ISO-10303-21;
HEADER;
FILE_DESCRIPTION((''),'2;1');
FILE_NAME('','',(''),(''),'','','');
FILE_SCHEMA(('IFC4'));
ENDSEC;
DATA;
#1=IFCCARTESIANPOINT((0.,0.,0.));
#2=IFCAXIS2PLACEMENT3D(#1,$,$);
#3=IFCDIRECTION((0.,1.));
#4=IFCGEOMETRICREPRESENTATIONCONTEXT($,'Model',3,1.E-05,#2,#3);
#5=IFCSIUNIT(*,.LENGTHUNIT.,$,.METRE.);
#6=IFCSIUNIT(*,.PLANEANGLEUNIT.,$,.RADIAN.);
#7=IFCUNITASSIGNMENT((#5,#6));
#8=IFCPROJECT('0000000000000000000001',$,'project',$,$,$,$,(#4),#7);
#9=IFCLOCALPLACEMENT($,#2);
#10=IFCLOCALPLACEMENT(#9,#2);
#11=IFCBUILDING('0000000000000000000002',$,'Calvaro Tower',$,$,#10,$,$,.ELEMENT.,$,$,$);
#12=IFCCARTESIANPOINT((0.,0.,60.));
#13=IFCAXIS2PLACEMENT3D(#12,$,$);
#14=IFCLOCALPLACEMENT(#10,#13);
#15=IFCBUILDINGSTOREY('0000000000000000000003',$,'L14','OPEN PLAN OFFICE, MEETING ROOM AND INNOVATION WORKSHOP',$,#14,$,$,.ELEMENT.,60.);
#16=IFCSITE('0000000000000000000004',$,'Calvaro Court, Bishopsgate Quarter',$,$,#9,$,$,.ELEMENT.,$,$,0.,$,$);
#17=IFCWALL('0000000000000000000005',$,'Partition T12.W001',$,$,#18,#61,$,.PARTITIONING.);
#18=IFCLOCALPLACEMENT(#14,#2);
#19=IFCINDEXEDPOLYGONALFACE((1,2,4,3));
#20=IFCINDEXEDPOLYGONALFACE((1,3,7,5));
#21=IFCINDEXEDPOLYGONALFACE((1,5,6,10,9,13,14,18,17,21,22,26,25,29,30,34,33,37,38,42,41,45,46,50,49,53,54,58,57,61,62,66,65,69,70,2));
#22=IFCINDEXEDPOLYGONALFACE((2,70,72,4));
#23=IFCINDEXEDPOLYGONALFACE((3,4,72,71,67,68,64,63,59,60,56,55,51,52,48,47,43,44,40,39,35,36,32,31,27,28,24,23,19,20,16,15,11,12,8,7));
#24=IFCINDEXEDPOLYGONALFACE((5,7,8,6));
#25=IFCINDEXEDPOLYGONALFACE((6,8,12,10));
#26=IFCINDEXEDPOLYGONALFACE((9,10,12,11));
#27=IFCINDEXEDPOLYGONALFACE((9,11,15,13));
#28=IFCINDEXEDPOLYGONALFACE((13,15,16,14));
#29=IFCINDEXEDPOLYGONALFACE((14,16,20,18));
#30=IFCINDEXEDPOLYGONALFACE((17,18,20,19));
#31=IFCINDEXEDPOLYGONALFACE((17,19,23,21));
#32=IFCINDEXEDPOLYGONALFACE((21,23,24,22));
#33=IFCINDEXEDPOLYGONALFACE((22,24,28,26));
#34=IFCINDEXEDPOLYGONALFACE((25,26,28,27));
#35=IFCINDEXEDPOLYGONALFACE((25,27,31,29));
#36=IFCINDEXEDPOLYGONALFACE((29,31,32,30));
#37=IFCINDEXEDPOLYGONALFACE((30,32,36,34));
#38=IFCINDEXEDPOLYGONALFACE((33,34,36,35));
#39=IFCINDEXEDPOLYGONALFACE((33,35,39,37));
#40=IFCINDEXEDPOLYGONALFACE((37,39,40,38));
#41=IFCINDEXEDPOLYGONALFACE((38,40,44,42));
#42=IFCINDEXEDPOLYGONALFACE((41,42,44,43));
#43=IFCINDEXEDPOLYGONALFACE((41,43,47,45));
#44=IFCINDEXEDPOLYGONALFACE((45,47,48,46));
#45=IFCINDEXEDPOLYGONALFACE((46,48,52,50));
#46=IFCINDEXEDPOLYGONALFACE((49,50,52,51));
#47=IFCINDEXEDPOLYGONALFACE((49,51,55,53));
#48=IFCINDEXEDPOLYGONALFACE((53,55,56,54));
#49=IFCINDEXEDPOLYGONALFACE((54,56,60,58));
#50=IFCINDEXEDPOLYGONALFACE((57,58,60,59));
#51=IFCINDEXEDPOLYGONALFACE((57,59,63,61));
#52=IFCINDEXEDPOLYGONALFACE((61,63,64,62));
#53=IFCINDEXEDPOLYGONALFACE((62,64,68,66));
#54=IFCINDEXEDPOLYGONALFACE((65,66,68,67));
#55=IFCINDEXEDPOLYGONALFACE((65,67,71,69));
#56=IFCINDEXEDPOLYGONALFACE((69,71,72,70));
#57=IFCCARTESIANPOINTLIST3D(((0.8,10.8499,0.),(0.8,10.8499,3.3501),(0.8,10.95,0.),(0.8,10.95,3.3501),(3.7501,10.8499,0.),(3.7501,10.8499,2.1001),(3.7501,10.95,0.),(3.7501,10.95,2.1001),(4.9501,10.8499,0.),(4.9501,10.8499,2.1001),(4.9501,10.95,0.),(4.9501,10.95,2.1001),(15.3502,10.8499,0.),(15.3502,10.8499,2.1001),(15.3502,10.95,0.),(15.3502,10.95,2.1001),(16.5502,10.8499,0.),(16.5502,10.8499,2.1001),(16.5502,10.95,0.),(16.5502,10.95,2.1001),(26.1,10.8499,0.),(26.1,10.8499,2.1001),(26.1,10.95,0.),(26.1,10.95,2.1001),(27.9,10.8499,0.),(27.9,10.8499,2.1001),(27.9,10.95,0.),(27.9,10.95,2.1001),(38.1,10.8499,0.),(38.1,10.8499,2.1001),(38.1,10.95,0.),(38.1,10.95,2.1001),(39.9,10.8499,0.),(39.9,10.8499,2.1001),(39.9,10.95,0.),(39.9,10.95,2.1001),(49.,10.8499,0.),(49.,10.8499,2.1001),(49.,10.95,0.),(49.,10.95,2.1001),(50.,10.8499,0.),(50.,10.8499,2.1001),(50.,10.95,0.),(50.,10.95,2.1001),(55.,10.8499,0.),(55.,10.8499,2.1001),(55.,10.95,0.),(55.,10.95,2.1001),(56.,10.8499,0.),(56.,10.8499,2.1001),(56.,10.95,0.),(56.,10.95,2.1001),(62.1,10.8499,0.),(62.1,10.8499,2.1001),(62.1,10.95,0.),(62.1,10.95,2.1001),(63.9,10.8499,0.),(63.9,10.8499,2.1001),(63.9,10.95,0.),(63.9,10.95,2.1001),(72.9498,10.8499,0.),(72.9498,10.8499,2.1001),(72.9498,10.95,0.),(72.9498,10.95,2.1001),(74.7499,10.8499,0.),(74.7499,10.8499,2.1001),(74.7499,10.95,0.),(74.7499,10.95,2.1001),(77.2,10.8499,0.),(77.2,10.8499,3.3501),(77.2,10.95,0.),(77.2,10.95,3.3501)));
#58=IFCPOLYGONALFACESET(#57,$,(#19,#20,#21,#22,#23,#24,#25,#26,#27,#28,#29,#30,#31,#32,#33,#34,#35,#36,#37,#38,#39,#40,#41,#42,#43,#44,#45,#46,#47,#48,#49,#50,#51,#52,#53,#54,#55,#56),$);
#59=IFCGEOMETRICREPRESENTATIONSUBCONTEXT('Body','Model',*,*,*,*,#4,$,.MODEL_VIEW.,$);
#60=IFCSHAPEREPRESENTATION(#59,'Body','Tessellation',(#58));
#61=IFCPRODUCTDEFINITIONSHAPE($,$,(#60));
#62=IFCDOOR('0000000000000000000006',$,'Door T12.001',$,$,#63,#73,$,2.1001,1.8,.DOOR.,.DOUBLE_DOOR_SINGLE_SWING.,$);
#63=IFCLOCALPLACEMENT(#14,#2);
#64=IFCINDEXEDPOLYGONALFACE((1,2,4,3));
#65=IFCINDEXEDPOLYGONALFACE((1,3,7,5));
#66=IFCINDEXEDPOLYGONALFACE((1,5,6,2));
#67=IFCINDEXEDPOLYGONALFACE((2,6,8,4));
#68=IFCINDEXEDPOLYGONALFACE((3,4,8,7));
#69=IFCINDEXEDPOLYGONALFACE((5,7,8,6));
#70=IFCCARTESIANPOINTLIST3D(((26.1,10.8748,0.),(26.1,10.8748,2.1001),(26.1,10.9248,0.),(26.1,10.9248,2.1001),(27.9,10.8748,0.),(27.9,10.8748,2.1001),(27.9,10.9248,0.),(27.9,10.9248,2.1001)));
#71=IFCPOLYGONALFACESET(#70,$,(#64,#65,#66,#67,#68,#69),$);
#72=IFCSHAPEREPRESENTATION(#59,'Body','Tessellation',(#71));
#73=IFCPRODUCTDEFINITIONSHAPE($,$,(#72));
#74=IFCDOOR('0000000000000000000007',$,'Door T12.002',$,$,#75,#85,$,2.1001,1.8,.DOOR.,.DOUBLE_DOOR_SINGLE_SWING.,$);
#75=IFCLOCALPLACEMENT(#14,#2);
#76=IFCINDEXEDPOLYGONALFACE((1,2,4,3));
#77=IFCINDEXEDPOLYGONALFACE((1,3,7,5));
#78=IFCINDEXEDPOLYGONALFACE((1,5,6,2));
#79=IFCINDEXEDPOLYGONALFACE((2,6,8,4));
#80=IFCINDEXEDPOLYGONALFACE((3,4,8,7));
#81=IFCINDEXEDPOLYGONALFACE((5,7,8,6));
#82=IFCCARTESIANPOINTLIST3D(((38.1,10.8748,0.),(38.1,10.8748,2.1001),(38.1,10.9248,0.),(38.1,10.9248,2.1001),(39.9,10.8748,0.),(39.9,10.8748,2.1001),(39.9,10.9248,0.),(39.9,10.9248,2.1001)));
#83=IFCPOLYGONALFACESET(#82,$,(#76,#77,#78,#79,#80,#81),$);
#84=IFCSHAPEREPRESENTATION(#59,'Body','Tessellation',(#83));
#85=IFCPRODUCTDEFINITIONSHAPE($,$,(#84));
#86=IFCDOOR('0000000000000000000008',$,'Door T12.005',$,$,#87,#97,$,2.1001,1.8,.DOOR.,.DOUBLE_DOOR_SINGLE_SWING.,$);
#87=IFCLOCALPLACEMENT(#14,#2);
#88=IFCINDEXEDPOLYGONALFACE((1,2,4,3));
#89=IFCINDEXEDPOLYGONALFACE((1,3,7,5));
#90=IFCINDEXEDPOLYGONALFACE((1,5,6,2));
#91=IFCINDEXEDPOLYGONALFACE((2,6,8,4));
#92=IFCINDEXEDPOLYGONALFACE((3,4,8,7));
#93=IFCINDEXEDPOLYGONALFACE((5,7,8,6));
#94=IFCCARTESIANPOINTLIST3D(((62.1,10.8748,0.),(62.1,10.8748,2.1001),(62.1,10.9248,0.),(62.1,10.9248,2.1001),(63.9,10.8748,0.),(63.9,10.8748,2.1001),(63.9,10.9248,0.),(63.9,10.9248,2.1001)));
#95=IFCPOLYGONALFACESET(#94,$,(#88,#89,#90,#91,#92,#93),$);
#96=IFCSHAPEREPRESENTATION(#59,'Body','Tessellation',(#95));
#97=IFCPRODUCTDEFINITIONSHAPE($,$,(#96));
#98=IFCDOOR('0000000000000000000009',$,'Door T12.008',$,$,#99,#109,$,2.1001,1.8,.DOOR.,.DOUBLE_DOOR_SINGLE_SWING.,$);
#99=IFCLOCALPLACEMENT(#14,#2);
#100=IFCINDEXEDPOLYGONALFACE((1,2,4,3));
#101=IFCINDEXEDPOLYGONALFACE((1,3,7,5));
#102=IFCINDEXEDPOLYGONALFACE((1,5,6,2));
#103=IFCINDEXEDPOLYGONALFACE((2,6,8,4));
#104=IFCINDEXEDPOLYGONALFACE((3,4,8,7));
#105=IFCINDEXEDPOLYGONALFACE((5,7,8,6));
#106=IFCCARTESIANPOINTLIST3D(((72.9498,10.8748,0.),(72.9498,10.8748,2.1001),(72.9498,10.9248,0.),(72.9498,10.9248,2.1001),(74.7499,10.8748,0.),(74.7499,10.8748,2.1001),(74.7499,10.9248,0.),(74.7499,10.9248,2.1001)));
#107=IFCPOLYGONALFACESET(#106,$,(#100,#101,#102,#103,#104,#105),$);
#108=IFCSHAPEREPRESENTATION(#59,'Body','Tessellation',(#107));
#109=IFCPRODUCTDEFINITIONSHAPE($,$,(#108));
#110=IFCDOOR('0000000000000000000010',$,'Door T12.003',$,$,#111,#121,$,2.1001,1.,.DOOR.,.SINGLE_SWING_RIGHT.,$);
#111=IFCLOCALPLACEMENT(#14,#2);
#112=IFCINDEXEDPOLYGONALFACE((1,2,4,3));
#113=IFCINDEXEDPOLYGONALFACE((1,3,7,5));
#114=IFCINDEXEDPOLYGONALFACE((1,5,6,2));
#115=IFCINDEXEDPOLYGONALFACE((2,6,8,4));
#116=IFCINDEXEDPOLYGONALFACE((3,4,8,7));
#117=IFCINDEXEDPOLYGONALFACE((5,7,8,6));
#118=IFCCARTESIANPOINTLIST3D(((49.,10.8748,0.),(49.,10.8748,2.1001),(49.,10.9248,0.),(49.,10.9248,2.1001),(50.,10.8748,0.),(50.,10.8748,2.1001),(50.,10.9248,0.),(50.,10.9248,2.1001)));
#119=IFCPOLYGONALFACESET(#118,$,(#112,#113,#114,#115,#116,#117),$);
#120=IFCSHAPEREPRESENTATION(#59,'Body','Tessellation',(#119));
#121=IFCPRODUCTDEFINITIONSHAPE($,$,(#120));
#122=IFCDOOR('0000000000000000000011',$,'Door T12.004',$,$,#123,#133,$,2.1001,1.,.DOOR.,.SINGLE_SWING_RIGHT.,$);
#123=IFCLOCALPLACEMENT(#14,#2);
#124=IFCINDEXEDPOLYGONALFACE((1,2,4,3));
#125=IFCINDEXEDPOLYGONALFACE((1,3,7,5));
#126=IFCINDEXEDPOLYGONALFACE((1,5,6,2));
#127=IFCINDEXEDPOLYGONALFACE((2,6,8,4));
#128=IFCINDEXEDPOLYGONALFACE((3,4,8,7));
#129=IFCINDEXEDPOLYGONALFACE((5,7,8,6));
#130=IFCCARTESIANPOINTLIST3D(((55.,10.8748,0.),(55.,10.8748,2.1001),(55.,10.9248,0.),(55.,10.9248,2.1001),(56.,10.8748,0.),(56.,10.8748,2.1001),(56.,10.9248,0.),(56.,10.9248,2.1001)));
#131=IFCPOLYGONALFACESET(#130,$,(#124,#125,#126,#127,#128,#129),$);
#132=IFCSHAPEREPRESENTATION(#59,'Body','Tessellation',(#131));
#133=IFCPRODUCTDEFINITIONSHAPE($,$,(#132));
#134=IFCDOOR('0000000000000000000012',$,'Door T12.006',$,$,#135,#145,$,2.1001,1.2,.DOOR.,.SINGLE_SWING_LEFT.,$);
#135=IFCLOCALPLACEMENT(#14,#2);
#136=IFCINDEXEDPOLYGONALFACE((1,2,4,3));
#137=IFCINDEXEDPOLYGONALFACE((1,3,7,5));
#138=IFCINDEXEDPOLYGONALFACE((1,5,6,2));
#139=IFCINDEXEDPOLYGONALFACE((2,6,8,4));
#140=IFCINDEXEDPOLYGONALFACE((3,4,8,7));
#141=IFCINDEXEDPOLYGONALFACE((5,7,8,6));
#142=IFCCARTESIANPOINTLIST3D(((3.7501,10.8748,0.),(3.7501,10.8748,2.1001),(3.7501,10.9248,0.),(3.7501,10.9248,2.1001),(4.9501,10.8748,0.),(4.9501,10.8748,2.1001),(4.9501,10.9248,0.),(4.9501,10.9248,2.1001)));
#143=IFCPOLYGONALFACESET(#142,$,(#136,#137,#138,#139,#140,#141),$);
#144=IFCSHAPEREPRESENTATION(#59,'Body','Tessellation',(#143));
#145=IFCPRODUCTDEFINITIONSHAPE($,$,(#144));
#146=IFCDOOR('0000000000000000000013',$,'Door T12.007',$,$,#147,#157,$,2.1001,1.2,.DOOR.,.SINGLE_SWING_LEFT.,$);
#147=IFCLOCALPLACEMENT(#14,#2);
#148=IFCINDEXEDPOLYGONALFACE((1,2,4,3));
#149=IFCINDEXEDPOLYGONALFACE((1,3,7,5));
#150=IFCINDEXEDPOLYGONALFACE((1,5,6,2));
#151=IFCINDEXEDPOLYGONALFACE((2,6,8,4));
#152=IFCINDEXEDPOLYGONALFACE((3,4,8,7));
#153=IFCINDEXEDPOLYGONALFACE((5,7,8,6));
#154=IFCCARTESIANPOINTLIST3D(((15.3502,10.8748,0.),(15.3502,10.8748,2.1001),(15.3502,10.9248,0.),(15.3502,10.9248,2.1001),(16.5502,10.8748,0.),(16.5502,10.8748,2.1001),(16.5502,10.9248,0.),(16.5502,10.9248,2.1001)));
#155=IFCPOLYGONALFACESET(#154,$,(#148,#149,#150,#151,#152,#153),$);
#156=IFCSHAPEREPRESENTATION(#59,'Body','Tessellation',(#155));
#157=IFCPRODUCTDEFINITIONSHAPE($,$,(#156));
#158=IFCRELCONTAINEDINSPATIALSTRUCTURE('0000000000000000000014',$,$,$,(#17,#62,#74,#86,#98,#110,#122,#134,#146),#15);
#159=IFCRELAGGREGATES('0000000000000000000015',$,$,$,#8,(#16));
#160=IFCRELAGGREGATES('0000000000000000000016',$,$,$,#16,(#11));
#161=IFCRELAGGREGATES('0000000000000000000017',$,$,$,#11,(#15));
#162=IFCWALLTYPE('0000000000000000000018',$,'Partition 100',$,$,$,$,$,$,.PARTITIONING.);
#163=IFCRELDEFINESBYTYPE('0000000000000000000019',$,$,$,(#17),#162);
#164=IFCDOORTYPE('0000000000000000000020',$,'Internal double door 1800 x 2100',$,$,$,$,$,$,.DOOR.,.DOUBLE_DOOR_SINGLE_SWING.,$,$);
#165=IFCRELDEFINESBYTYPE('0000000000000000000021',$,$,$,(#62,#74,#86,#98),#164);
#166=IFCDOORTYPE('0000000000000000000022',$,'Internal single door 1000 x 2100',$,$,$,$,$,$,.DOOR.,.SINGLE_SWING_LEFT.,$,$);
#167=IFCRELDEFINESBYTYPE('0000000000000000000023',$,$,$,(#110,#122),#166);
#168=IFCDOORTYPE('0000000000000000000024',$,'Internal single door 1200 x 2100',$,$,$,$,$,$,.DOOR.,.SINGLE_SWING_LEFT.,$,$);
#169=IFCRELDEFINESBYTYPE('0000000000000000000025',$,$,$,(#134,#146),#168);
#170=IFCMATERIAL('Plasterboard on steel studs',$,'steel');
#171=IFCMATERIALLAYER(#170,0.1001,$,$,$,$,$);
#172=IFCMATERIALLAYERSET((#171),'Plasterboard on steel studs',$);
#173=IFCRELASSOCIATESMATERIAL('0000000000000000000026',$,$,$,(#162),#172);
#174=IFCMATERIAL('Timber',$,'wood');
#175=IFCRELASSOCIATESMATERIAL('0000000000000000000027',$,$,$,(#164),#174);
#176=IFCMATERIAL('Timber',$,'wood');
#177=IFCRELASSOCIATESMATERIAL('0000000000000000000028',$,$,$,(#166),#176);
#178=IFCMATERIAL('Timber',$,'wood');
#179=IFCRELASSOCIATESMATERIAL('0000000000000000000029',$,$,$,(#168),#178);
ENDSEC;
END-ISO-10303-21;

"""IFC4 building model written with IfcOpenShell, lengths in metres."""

from ifc_helpers import new_model, si_unit, direction, frame, frame_2d, origin, place, context, subcontext, project, spatial, rectangle, extrude, material, layer, layer_set, type_object, element, fill, save


model = new_model("IFC4")

# Units and contexts
model_context = context("Model", 3, precision=1e-05, world=origin(), true_north=direction((0.0, 1.0)))
body_context = subcontext(model_context, "Body", "Model", "MODEL_VIEW")
ifc_project = project(units=[si_unit("LENGTHUNIT", "METRE"), si_unit("PLANEANGLEUNIT", "RADIAN")], contexts=[model_context])

# Site, building, storey
site_placement = place(None, origin())
site = spatial("IfcSite", under=ifc_project, at=site_placement, Name="Calvaro Court, Bishopsgate Quarter", CompositionType="ELEMENT", RefElevation=0.0)
building_placement = place(site_placement, origin())
building = spatial("IfcBuilding", under=site, at=building_placement, Name="Calvaro Tower", CompositionType="ELEMENT")
storey_placement = place(building_placement, frame((0.0, 0.0, 60.0)))
storey = spatial("IfcBuildingStorey", under=building, at=storey_placement, Name="L14", Description="OPEN PLAN OFFICE, MEETING ROOM AND INNOVATION WORKSHOP", CompositionType="ELEMENT", Elevation=60.0)

# Wall, openings, doors
ifc_material_1 = material(Name="Plasterboard on steel studs", Category="steel")
ifc_layer = layer(ifc_material_1, 0.1001)
ifc_layer_set = layer_set([ifc_layer], Name="Plasterboard on steel studs")
wall_type = type_object("IfcWallType", Name="Partition 100", PredefinedType="PARTITIONING", material=ifc_layer_set)
wall_1_placement = place(storey_placement, frame((0.8, 10.8999, 0.0), z_axis=(0.0, 0.0, 1.0), x_axis=(1.0, 0.0, 0.0)))
wall_1 = element("IfcWall", 1, at=wall_1_placement, inside=storey, type_object=wall_type, Name="Partition T12.W001", PredefinedType="PARTITIONING", context=body_context, shape_type="SweptSolid", body=[
    extrude(rectangle(XDim=76.3999, YDim=0.1001, at=frame_2d((38.2, 0.0))), origin(), (0.0, 0.0, 1.0), 3.3501),
])
opening_1_placement = place(wall_1_placement, frame((25.3, 0.0, 0.0)))
opening_1 = element("IfcOpeningElement", 2, at=opening_1_placement, cuts=wall_1, PredefinedType="OPENING", context=body_context, shape_type="SweptSolid", body=[
    extrude(rectangle(XDim=1.8, YDim=2.1001, at=frame_2d((0.8999, 1.05))), frame((0.0, 0.0601, 0.0), z_axis=(0.0, -1.0, 0.0), x_axis=(1.0, 0.0, 0.0)), (0.0, 0.0, 1.0), 0.1201),
])
opening_2_placement = place(wall_1_placement, frame((37.3, 0.0, 0.0)))
opening_2 = element("IfcOpeningElement", 3, at=opening_2_placement, cuts=wall_1, PredefinedType="OPENING", context=body_context, shape_type="SweptSolid", body=[
    extrude(rectangle(XDim=1.8, YDim=2.1001, at=frame_2d((0.8999, 1.05))), frame((0.0, 0.0601, 0.0), z_axis=(0.0, -1.0, 0.0), x_axis=(1.0, 0.0, 0.0)), (0.0, 0.0, 1.0), 0.1201),
])
opening_3_placement = place(wall_1_placement, frame((48.2, 0.0, 0.0)))
opening_3 = element("IfcOpeningElement", 4, at=opening_3_placement, cuts=wall_1, PredefinedType="OPENING", context=body_context, shape_type="SweptSolid", body=[
    extrude(rectangle(XDim=1.0, YDim=2.1001, at=frame_2d((0.5, 1.05))), frame((0.0, 0.0601, 0.0), z_axis=(0.0, -1.0, 0.0), x_axis=(1.0, 0.0, 0.0)), (0.0, 0.0, 1.0), 0.1201),
])
opening_4_placement = place(wall_1_placement, frame((54.2, 0.0, 0.0)))
opening_4 = element("IfcOpeningElement", 5, at=opening_4_placement, cuts=wall_1, PredefinedType="OPENING", context=body_context, shape_type="SweptSolid", body=[
    extrude(rectangle(XDim=1.0, YDim=2.1001, at=frame_2d((0.5, 1.05))), frame((0.0, 0.0601, 0.0), z_axis=(0.0, -1.0, 0.0), x_axis=(1.0, 0.0, 0.0)), (0.0, 0.0, 1.0), 0.1201),
])
opening_5_placement = place(wall_1_placement, frame((61.3, 0.0, 0.0)))
opening_5 = element("IfcOpeningElement", 6, at=opening_5_placement, cuts=wall_1, PredefinedType="OPENING", context=body_context, shape_type="SweptSolid", body=[
    extrude(rectangle(XDim=1.8, YDim=2.1001, at=frame_2d((0.8999, 1.05))), frame((0.0, 0.0601, 0.0), z_axis=(0.0, -1.0, 0.0), x_axis=(1.0, 0.0, 0.0)), (0.0, 0.0, 1.0), 0.1201),
])
opening_6_placement = place(wall_1_placement, frame((2.95, 0.0, 0.0)))
opening_6 = element("IfcOpeningElement", 7, at=opening_6_placement, cuts=wall_1, PredefinedType="OPENING", context=body_context, shape_type="SweptSolid", body=[
    extrude(rectangle(XDim=1.2, YDim=2.1001, at=frame_2d((0.6001, 1.05))), frame((0.0, 0.0601, 0.0), z_axis=(0.0, -1.0, 0.0), x_axis=(1.0, 0.0, 0.0)), (0.0, 0.0, 1.0), 0.1201),
])
opening_7_placement = place(wall_1_placement, frame((14.55, 0.0, 0.0)))
opening_7 = element("IfcOpeningElement", 8, at=opening_7_placement, cuts=wall_1, PredefinedType="OPENING", context=body_context, shape_type="SweptSolid", body=[
    extrude(rectangle(XDim=1.2, YDim=2.1001, at=frame_2d((0.6001, 1.05))), frame((0.0, 0.0601, 0.0), z_axis=(0.0, -1.0, 0.0), x_axis=(1.0, 0.0, 0.0)), (0.0, 0.0, 1.0), 0.1201),
])
opening_8_placement = place(wall_1_placement, frame((72.1499, 0.0, 0.0)))
opening_8 = element("IfcOpeningElement", 9, at=opening_8_placement, cuts=wall_1, PredefinedType="OPENING", context=body_context, shape_type="SweptSolid", body=[
    extrude(rectangle(XDim=1.8, YDim=2.1001, at=frame_2d((0.8999, 1.05))), frame((0.0, 0.0601, 0.0), z_axis=(0.0, -1.0, 0.0), x_axis=(1.0, 0.0, 0.0)), (0.0, 0.0, 1.0), 0.1201),
])
ifc_material_2 = material(Name="Timber", Category="wood")
door_type_1 = type_object("IfcDoorType", Name="Internal double door 1800 x 2100", OperationType="DOUBLE_DOOR_SINGLE_SWING", PredefinedType="DOOR", material=ifc_material_2)
door_1_placement = place(opening_1_placement, origin())
door_1 = element("IfcDoor", 10, at=door_1_placement, inside=storey, type_object=door_type_1, Name="Door T12.001", OperationType="DOUBLE_DOOR_SINGLE_SWING", OverallHeight=2.1001, OverallWidth=1.8, PredefinedType="DOOR", context=body_context, shape_type="SweptSolid", body=[
    extrude(rectangle(XDim=1.8, YDim=2.1001, at=frame_2d((0.8999, 1.05))), frame((0.0, 0.0249, 0.0), z_axis=(0.0, -1.0, 0.0), x_axis=(1.0, 0.0, 0.0)), (0.0, 0.0, 1.0), 0.05),
])
fill(opening_1, door_1)
door_2_placement = place(opening_2_placement, origin())
door_2 = element("IfcDoor", 11, at=door_2_placement, inside=storey, type_object=door_type_1, Name="Door T12.002", OperationType="DOUBLE_DOOR_SINGLE_SWING", OverallHeight=2.1001, OverallWidth=1.8, PredefinedType="DOOR", context=body_context, shape_type="SweptSolid", body=[
    extrude(rectangle(XDim=1.8, YDim=2.1001, at=frame_2d((0.8999, 1.05))), frame((0.0, 0.0249, 0.0), z_axis=(0.0, -1.0, 0.0), x_axis=(1.0, 0.0, 0.0)), (0.0, 0.0, 1.0), 0.05),
])
fill(opening_2, door_2)
door_3_placement = place(opening_5_placement, origin())
door_3 = element("IfcDoor", 12, at=door_3_placement, inside=storey, type_object=door_type_1, Name="Door T12.005", OperationType="DOUBLE_DOOR_SINGLE_SWING", OverallHeight=2.1001, OverallWidth=1.8, PredefinedType="DOOR", context=body_context, shape_type="SweptSolid", body=[
    extrude(rectangle(XDim=1.8, YDim=2.1001, at=frame_2d((0.8999, 1.05))), frame((0.0, 0.0249, 0.0), z_axis=(0.0, -1.0, 0.0), x_axis=(1.0, 0.0, 0.0)), (0.0, 0.0, 1.0), 0.05),
])
fill(opening_5, door_3)
door_4_placement = place(opening_8_placement, origin())
door_4 = element("IfcDoor", 13, at=door_4_placement, inside=storey, type_object=door_type_1, Name="Door T12.008", OperationType="DOUBLE_DOOR_SINGLE_SWING", OverallHeight=2.1001, OverallWidth=1.8, PredefinedType="DOOR", context=body_context, shape_type="SweptSolid", body=[
    extrude(rectangle(XDim=1.8, YDim=2.1001, at=frame_2d((0.8999, 1.05))), frame((0.0, 0.0249, 0.0), z_axis=(0.0, -1.0, 0.0), x_axis=(1.0, 0.0, 0.0)), (0.0, 0.0, 1.0), 0.05),
])
fill(opening_8, door_4)
ifc_material_3 = material(Name="Timber", Category="wood")
door_type_2 = type_object("IfcDoorType", Name="Internal single door 1000 x 2100", OperationType="SINGLE_SWING_LEFT", PredefinedType="DOOR", material=ifc_material_3)
door_5_placement = place(opening_3_placement, origin())
door_5 = element("IfcDoor", 14, at=door_5_placement, inside=storey, type_object=door_type_2, Name="Door T12.003", OperationType="SINGLE_SWING_RIGHT", OverallHeight=2.1001, OverallWidth=1.0, PredefinedType="DOOR", context=body_context, shape_type="SweptSolid", body=[
    extrude(rectangle(XDim=1.0, YDim=2.1001, at=frame_2d((0.5, 1.05))), frame((0.0, 0.0249, 0.0), z_axis=(0.0, -1.0, 0.0), x_axis=(1.0, 0.0, 0.0)), (0.0, 0.0, 1.0), 0.05),
])
fill(opening_3, door_5)
door_6_placement = place(opening_4_placement, origin())
door_6 = element("IfcDoor", 15, at=door_6_placement, inside=storey, type_object=door_type_2, Name="Door T12.004", OperationType="SINGLE_SWING_RIGHT", OverallHeight=2.1001, OverallWidth=1.0, PredefinedType="DOOR", context=body_context, shape_type="SweptSolid", body=[
    extrude(rectangle(XDim=1.0, YDim=2.1001, at=frame_2d((0.5, 1.05))), frame((0.0, 0.0249, 0.0), z_axis=(0.0, -1.0, 0.0), x_axis=(1.0, 0.0, 0.0)), (0.0, 0.0, 1.0), 0.05),
])
fill(opening_4, door_6)
ifc_material_4 = material(Name="Timber", Category="wood")
door_type_3 = type_object("IfcDoorType", Name="Internal single door 1200 x 2100", OperationType="SINGLE_SWING_LEFT", PredefinedType="DOOR", material=ifc_material_4)
door_7_placement = place(opening_6_placement, origin())
door_7 = element("IfcDoor", 16, at=door_7_placement, inside=storey, type_object=door_type_3, Name="Door T12.006", OperationType="SINGLE_SWING_LEFT", OverallHeight=2.1001, OverallWidth=1.2, PredefinedType="DOOR", context=body_context, shape_type="SweptSolid", body=[
    extrude(rectangle(XDim=1.2, YDim=2.1001, at=frame_2d((0.6001, 1.05))), frame((0.0, 0.0249, 0.0), z_axis=(0.0, -1.0, 0.0), x_axis=(1.0, 0.0, 0.0)), (0.0, 0.0, 1.0), 0.05),
])
fill(opening_6, door_7)
door_8_placement = place(opening_7_placement, origin())
door_8 = element("IfcDoor", 17, at=door_8_placement, inside=storey, type_object=door_type_3, Name="Door T12.007", OperationType="SINGLE_SWING_LEFT", OverallHeight=2.1001, OverallWidth=1.2, PredefinedType="DOOR", context=body_context, shape_type="SweptSolid", body=[
    extrude(rectangle(XDim=1.2, YDim=2.1001, at=frame_2d((0.6001, 1.05))), frame((0.0, 0.0249, 0.0), z_axis=(0.0, -1.0, 0.0), x_axis=(1.0, 0.0, 0.0)), (0.0, 0.0, 1.0), 0.05),
])
fill(opening_7, door_8)

save(model, "model.ifc")
